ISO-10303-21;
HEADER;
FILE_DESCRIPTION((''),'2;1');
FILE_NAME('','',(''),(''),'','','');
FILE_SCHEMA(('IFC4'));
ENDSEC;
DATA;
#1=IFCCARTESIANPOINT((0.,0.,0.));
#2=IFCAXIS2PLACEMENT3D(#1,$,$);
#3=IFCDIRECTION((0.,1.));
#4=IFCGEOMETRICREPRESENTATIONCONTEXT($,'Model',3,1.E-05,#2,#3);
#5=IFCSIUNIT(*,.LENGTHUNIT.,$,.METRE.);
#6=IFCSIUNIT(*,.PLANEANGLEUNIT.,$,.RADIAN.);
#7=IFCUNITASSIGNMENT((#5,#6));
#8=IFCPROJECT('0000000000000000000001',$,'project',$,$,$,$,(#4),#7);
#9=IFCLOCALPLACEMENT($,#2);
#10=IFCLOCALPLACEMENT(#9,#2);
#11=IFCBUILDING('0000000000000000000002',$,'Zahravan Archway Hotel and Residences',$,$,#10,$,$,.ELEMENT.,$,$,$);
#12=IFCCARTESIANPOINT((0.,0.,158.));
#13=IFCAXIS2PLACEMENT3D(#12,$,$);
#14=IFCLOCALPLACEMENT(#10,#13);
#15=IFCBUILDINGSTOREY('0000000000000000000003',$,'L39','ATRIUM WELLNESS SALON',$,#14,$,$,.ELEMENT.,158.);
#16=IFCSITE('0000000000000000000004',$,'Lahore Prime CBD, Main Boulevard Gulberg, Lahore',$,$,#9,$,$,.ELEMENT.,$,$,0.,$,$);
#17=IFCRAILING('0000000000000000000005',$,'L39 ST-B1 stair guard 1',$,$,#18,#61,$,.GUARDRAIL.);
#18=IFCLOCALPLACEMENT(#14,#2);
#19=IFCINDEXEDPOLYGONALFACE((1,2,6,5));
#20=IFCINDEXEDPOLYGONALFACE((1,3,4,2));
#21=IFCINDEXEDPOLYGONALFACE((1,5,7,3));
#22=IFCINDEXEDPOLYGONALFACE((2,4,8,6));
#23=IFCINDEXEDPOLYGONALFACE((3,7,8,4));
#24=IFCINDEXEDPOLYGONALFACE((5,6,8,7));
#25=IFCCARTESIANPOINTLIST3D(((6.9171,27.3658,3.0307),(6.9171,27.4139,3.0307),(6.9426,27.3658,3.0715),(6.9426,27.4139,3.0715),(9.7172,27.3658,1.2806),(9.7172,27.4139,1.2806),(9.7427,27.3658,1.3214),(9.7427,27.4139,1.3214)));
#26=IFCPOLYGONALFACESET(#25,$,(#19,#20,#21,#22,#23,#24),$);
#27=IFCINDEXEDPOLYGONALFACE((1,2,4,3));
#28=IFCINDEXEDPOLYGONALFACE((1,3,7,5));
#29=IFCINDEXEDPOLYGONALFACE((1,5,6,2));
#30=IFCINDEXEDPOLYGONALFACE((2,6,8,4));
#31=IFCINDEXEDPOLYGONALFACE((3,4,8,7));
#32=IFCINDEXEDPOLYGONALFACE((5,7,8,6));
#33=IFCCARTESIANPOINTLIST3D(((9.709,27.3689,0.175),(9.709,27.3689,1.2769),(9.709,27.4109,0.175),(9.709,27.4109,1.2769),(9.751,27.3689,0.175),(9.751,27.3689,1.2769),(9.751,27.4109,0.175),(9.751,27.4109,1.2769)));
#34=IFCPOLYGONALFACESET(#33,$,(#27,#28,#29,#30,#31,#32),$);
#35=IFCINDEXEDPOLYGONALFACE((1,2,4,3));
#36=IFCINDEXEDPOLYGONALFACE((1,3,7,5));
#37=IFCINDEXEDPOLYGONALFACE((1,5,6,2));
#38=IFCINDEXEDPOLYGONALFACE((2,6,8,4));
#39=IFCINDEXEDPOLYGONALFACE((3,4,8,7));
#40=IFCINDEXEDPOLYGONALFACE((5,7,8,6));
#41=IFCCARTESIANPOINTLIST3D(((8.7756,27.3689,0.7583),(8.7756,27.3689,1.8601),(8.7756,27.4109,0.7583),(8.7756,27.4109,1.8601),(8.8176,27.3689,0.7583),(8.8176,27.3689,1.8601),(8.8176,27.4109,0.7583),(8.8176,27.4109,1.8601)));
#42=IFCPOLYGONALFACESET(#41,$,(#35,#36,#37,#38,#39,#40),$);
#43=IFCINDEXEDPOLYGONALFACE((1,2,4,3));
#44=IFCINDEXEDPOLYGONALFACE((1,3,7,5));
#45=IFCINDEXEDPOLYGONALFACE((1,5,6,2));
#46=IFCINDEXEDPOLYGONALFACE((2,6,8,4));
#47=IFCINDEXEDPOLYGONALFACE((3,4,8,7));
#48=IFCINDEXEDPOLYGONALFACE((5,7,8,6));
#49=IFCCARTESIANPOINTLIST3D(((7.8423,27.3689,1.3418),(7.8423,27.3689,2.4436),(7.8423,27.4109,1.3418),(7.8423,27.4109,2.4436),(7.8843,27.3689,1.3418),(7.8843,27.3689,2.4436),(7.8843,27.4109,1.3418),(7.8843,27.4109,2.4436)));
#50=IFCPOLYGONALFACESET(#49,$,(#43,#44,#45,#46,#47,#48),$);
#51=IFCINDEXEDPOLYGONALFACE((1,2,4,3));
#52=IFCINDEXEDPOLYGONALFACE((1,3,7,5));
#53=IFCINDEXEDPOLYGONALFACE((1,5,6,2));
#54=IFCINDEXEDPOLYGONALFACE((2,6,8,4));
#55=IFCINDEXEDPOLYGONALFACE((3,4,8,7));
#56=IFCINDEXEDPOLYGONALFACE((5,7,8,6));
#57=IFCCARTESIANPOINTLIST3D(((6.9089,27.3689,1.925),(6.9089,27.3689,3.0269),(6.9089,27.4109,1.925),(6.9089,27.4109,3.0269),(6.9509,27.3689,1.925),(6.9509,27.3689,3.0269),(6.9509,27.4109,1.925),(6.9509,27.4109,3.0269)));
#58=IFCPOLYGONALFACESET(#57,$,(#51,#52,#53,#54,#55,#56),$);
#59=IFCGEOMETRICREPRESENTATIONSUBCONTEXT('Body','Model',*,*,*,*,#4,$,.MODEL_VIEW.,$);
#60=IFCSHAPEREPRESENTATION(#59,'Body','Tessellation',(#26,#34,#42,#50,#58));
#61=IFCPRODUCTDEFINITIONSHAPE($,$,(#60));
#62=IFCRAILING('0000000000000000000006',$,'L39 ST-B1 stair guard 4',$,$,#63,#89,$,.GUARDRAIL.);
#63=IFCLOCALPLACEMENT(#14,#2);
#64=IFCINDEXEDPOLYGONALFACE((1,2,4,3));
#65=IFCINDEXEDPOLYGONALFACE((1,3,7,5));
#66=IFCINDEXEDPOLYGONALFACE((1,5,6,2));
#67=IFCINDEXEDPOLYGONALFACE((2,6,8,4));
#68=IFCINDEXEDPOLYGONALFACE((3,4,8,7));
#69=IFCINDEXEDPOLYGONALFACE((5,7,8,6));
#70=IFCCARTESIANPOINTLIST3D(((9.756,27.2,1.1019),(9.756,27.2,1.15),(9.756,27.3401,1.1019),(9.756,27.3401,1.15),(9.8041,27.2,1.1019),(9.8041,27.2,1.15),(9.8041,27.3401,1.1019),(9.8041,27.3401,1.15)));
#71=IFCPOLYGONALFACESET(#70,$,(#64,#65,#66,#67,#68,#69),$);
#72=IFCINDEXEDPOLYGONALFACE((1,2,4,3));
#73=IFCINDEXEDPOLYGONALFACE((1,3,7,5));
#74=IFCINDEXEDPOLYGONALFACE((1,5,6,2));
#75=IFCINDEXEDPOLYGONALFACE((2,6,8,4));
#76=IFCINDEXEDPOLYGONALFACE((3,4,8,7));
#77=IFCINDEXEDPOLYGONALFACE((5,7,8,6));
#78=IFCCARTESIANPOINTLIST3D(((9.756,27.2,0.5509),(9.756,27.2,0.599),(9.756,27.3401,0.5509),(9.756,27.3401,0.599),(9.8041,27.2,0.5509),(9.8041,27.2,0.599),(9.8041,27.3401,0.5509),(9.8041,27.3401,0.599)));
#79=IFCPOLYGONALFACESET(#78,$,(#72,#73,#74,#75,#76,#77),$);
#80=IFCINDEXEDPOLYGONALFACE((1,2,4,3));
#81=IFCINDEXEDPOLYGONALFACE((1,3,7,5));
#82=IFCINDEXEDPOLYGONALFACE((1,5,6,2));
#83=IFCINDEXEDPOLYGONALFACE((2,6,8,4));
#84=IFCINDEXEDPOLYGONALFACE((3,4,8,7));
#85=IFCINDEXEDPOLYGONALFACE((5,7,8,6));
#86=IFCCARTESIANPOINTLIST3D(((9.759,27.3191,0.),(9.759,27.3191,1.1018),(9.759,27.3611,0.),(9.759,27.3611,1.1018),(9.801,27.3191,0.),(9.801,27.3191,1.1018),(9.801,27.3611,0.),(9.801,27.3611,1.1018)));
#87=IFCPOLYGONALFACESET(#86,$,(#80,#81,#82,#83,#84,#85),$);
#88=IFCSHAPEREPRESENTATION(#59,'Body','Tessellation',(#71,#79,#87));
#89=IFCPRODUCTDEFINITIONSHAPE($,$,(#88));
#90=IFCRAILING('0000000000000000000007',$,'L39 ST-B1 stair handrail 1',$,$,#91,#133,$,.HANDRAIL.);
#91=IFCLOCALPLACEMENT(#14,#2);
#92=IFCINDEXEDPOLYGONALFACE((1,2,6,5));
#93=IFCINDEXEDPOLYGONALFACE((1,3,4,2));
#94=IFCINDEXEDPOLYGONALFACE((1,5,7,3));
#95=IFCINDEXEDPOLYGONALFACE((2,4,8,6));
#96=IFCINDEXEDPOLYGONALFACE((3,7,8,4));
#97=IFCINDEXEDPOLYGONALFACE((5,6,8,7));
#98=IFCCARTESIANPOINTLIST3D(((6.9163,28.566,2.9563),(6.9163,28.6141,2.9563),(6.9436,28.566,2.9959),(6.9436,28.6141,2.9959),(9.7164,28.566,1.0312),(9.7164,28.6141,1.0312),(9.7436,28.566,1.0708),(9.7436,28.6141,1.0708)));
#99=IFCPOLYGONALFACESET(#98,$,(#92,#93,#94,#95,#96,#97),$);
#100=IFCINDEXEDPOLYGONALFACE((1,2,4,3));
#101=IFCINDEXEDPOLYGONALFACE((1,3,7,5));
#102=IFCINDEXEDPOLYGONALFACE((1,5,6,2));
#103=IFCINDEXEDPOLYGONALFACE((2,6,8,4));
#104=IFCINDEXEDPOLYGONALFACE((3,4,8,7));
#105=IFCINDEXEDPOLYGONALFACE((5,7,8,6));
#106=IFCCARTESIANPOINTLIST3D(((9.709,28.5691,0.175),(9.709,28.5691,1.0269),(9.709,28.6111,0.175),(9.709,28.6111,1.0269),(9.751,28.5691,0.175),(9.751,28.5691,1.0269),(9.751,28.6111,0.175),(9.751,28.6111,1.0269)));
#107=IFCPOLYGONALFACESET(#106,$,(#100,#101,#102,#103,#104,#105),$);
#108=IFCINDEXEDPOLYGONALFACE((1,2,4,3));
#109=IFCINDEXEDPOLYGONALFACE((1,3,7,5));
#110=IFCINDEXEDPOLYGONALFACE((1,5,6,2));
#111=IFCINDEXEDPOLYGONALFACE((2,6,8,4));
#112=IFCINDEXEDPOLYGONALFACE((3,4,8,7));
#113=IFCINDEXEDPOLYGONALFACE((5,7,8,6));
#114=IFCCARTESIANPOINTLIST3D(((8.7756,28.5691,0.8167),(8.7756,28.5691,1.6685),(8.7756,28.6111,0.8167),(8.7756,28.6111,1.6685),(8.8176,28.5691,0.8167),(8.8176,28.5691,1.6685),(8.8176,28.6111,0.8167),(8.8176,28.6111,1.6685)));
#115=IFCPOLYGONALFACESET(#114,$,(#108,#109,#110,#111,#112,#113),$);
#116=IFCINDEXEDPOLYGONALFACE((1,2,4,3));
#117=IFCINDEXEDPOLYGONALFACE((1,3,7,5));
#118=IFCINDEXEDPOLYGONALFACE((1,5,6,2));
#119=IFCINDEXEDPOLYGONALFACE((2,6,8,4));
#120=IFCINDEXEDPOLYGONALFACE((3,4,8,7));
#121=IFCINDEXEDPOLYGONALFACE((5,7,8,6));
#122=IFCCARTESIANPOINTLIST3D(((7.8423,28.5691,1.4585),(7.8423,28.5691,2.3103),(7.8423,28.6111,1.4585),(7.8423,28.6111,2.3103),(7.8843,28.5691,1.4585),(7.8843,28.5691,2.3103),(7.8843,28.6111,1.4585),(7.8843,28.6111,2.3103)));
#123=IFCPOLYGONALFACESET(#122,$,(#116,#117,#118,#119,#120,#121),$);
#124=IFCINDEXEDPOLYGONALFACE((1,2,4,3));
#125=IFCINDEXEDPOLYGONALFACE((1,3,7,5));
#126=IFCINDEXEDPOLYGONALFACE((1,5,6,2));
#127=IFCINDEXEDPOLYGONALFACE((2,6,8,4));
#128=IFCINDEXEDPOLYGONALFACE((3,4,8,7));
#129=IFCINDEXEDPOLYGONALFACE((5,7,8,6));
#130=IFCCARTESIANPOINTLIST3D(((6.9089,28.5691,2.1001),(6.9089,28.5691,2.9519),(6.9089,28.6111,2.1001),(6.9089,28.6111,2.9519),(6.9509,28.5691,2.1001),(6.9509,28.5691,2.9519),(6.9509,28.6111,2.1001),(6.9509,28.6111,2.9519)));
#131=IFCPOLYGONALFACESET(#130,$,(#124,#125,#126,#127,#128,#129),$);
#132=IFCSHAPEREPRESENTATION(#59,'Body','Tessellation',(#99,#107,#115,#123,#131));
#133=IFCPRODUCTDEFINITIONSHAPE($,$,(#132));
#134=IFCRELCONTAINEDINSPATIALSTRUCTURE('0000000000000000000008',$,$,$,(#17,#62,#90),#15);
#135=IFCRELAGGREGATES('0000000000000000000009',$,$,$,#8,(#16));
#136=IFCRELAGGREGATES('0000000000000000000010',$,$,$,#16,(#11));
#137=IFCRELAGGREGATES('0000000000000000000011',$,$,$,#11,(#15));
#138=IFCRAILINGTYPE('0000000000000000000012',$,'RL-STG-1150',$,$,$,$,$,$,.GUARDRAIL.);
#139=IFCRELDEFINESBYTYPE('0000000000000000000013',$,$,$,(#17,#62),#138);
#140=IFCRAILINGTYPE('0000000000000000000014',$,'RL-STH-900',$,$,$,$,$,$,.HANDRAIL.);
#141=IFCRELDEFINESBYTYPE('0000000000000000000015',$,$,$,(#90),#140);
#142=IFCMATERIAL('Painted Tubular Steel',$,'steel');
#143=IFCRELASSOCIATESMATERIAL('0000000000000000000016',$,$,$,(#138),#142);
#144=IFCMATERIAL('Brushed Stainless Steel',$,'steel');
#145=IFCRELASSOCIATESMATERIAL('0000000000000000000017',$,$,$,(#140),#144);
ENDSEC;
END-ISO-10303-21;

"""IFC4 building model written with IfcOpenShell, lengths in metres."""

from ifc_helpers import new_model, si_unit, direction, frame, origin, origin_2d, place, context, subcontext, project, spatial, rectangle, extrude, material, type_object, element, save


model = new_model("IFC4")

# Units and contexts
model_context = context("Model", 3, precision=1e-05, world=origin(), true_north=direction((0.0, 1.0)))
body_context = subcontext(model_context, "Body", "Model", "MODEL_VIEW")
ifc_project = project(units=[si_unit("LENGTHUNIT", "METRE"), si_unit("PLANEANGLEUNIT", "RADIAN")], contexts=[model_context])

# Site, building, storey
site_placement = place(None, origin())
site = spatial("IfcSite", under=ifc_project, at=site_placement, Name="Lahore Prime CBD, Main Boulevard Gulberg, Lahore", CompositionType="ELEMENT", RefElevation=0.0)
building_placement = place(site_placement, origin())
building = spatial("IfcBuilding", under=site, at=building_placement, Name="Zahravan Archway Hotel and Residences", CompositionType="ELEMENT")
storey_placement = place(building_placement, frame((0.0, 0.0, 158.0)))
storey = spatial("IfcBuildingStorey", under=building, at=storey_placement, Name="L39", Description="ATRIUM WELLNESS SALON", CompositionType="ELEMENT", Elevation=158.0)

# Shared definitions
ifc_material_1 = material(Name="Brushed Stainless Steel", Category="steel")

# Railings
ifc_material_2 = material(Name="Painted Tubular Steel", Category="steel")
railing_type_1 = type_object("IfcRailingType", Name="RL-STG-1150", PredefinedType="GUARDRAIL", material=ifc_material_2)
railing_1_placement = place(storey_placement, frame((9.73, 27.3899, 0.175)))
element("IfcRailing", 1, at=railing_1_placement, inside=storey, type_object=railing_type_1, Name="L39 ST-B1 stair guard 1", PredefinedType="GUARDRAIL", context=body_context, shape_type="SweptSolid", body=[
    extrude(rectangle(XDim=0.0481, YDim=0.0481, at=origin_2d()), frame((0.0, 0.0, 1.126), z_axis=(-0.848002, 0.0, 0.529992), x_axis=(0.0, -1.0, 0.0)), (0.0, 0.0, 1.0), 3.302),
    extrude(rectangle(XDim=0.042, YDim=0.042, at=origin_2d()), origin(), (0.0, 0.0, 1.0), 1.1018),
    extrude(rectangle(XDim=0.042, YDim=0.042, at=origin_2d()), frame((-0.9333, 0.0, 0.5833)), (0.0, 0.0, 1.0), 1.1018),
    extrude(rectangle(XDim=0.042, YDim=0.042, at=origin_2d()), frame((-1.8667, 0.0, 1.1667)), (0.0, 0.0, 1.0), 1.1018),
    extrude(rectangle(XDim=0.042, YDim=0.042, at=origin_2d()), frame((-2.8, 0.0, 1.75)), (0.0, 0.0, 1.0), 1.1018),
])
railing_2_placement = place(storey_placement, frame((9.78, 27.3401, 0.0)))
element("IfcRailing", 2, at=railing_2_placement, inside=storey, type_object=railing_type_1, Name="L39 ST-B1 stair guard 4", PredefinedType="GUARDRAIL", context=body_context, shape_type="SweptSolid", body=[
    extrude(rectangle(XDim=0.0481, YDim=0.0481, at=origin_2d()), frame((0.0, 0.0, 1.126), z_axis=(0.0, -1.0, 0.0), x_axis=(1.0, 0.0, 0.0)), (0.0, 0.0, 1.0), 0.1401),
    extrude(rectangle(XDim=0.0481, YDim=0.0481, at=origin_2d()), frame((0.0, 0.0, 0.575), z_axis=(0.0, -1.0, 0.0), x_axis=(1.0, 0.0, 0.0)), (0.0, 0.0, 1.0), 0.1401),
    extrude(rectangle(XDim=0.042, YDim=0.042, at=origin_2d()), origin(), (0.0, 0.0, 1.0), 1.1018),
])
railing_type_2 = type_object("IfcRailingType", Name="RL-STH-900", PredefinedType="HANDRAIL", material=ifc_material_1)
railing_3_placement = place(storey_placement, frame((9.73, 28.5901, 0.175)))
element("IfcRailing", 3, at=railing_3_placement, inside=storey, type_object=railing_type_2, Name="L39 ST-B1 stair handrail 1", PredefinedType="HANDRAIL", context=body_context, shape_type="SweptSolid", body=[
    extrude(rectangle(XDim=0.0481, YDim=0.0481, at=origin_2d()), frame((0.0, 0.0, 0.876), z_axis=(-0.82404, 0.0, 0.566532), x_axis=(0.0, -1.0, 0.0)), (0.0, 0.0, 1.0), 3.3979),
    extrude(rectangle(XDim=0.042, YDim=0.042, at=origin_2d()), origin(), (0.0, 0.0, 1.0), 0.8518),
    extrude(rectangle(XDim=0.042, YDim=0.042, at=origin_2d()), frame((-0.9333, 0.0, 0.6416)), (0.0, 0.0, 1.0), 0.8518),
    extrude(rectangle(XDim=0.042, YDim=0.042, at=origin_2d()), frame((-1.8667, 0.0, 1.2834)), (0.0, 0.0, 1.0), 0.8518),
    extrude(rectangle(XDim=0.042, YDim=0.042, at=origin_2d()), frame((-2.8, 0.0, 1.925)), (0.0, 0.0, 1.0), 0.8518),
])

save(model, "model.ifc")
